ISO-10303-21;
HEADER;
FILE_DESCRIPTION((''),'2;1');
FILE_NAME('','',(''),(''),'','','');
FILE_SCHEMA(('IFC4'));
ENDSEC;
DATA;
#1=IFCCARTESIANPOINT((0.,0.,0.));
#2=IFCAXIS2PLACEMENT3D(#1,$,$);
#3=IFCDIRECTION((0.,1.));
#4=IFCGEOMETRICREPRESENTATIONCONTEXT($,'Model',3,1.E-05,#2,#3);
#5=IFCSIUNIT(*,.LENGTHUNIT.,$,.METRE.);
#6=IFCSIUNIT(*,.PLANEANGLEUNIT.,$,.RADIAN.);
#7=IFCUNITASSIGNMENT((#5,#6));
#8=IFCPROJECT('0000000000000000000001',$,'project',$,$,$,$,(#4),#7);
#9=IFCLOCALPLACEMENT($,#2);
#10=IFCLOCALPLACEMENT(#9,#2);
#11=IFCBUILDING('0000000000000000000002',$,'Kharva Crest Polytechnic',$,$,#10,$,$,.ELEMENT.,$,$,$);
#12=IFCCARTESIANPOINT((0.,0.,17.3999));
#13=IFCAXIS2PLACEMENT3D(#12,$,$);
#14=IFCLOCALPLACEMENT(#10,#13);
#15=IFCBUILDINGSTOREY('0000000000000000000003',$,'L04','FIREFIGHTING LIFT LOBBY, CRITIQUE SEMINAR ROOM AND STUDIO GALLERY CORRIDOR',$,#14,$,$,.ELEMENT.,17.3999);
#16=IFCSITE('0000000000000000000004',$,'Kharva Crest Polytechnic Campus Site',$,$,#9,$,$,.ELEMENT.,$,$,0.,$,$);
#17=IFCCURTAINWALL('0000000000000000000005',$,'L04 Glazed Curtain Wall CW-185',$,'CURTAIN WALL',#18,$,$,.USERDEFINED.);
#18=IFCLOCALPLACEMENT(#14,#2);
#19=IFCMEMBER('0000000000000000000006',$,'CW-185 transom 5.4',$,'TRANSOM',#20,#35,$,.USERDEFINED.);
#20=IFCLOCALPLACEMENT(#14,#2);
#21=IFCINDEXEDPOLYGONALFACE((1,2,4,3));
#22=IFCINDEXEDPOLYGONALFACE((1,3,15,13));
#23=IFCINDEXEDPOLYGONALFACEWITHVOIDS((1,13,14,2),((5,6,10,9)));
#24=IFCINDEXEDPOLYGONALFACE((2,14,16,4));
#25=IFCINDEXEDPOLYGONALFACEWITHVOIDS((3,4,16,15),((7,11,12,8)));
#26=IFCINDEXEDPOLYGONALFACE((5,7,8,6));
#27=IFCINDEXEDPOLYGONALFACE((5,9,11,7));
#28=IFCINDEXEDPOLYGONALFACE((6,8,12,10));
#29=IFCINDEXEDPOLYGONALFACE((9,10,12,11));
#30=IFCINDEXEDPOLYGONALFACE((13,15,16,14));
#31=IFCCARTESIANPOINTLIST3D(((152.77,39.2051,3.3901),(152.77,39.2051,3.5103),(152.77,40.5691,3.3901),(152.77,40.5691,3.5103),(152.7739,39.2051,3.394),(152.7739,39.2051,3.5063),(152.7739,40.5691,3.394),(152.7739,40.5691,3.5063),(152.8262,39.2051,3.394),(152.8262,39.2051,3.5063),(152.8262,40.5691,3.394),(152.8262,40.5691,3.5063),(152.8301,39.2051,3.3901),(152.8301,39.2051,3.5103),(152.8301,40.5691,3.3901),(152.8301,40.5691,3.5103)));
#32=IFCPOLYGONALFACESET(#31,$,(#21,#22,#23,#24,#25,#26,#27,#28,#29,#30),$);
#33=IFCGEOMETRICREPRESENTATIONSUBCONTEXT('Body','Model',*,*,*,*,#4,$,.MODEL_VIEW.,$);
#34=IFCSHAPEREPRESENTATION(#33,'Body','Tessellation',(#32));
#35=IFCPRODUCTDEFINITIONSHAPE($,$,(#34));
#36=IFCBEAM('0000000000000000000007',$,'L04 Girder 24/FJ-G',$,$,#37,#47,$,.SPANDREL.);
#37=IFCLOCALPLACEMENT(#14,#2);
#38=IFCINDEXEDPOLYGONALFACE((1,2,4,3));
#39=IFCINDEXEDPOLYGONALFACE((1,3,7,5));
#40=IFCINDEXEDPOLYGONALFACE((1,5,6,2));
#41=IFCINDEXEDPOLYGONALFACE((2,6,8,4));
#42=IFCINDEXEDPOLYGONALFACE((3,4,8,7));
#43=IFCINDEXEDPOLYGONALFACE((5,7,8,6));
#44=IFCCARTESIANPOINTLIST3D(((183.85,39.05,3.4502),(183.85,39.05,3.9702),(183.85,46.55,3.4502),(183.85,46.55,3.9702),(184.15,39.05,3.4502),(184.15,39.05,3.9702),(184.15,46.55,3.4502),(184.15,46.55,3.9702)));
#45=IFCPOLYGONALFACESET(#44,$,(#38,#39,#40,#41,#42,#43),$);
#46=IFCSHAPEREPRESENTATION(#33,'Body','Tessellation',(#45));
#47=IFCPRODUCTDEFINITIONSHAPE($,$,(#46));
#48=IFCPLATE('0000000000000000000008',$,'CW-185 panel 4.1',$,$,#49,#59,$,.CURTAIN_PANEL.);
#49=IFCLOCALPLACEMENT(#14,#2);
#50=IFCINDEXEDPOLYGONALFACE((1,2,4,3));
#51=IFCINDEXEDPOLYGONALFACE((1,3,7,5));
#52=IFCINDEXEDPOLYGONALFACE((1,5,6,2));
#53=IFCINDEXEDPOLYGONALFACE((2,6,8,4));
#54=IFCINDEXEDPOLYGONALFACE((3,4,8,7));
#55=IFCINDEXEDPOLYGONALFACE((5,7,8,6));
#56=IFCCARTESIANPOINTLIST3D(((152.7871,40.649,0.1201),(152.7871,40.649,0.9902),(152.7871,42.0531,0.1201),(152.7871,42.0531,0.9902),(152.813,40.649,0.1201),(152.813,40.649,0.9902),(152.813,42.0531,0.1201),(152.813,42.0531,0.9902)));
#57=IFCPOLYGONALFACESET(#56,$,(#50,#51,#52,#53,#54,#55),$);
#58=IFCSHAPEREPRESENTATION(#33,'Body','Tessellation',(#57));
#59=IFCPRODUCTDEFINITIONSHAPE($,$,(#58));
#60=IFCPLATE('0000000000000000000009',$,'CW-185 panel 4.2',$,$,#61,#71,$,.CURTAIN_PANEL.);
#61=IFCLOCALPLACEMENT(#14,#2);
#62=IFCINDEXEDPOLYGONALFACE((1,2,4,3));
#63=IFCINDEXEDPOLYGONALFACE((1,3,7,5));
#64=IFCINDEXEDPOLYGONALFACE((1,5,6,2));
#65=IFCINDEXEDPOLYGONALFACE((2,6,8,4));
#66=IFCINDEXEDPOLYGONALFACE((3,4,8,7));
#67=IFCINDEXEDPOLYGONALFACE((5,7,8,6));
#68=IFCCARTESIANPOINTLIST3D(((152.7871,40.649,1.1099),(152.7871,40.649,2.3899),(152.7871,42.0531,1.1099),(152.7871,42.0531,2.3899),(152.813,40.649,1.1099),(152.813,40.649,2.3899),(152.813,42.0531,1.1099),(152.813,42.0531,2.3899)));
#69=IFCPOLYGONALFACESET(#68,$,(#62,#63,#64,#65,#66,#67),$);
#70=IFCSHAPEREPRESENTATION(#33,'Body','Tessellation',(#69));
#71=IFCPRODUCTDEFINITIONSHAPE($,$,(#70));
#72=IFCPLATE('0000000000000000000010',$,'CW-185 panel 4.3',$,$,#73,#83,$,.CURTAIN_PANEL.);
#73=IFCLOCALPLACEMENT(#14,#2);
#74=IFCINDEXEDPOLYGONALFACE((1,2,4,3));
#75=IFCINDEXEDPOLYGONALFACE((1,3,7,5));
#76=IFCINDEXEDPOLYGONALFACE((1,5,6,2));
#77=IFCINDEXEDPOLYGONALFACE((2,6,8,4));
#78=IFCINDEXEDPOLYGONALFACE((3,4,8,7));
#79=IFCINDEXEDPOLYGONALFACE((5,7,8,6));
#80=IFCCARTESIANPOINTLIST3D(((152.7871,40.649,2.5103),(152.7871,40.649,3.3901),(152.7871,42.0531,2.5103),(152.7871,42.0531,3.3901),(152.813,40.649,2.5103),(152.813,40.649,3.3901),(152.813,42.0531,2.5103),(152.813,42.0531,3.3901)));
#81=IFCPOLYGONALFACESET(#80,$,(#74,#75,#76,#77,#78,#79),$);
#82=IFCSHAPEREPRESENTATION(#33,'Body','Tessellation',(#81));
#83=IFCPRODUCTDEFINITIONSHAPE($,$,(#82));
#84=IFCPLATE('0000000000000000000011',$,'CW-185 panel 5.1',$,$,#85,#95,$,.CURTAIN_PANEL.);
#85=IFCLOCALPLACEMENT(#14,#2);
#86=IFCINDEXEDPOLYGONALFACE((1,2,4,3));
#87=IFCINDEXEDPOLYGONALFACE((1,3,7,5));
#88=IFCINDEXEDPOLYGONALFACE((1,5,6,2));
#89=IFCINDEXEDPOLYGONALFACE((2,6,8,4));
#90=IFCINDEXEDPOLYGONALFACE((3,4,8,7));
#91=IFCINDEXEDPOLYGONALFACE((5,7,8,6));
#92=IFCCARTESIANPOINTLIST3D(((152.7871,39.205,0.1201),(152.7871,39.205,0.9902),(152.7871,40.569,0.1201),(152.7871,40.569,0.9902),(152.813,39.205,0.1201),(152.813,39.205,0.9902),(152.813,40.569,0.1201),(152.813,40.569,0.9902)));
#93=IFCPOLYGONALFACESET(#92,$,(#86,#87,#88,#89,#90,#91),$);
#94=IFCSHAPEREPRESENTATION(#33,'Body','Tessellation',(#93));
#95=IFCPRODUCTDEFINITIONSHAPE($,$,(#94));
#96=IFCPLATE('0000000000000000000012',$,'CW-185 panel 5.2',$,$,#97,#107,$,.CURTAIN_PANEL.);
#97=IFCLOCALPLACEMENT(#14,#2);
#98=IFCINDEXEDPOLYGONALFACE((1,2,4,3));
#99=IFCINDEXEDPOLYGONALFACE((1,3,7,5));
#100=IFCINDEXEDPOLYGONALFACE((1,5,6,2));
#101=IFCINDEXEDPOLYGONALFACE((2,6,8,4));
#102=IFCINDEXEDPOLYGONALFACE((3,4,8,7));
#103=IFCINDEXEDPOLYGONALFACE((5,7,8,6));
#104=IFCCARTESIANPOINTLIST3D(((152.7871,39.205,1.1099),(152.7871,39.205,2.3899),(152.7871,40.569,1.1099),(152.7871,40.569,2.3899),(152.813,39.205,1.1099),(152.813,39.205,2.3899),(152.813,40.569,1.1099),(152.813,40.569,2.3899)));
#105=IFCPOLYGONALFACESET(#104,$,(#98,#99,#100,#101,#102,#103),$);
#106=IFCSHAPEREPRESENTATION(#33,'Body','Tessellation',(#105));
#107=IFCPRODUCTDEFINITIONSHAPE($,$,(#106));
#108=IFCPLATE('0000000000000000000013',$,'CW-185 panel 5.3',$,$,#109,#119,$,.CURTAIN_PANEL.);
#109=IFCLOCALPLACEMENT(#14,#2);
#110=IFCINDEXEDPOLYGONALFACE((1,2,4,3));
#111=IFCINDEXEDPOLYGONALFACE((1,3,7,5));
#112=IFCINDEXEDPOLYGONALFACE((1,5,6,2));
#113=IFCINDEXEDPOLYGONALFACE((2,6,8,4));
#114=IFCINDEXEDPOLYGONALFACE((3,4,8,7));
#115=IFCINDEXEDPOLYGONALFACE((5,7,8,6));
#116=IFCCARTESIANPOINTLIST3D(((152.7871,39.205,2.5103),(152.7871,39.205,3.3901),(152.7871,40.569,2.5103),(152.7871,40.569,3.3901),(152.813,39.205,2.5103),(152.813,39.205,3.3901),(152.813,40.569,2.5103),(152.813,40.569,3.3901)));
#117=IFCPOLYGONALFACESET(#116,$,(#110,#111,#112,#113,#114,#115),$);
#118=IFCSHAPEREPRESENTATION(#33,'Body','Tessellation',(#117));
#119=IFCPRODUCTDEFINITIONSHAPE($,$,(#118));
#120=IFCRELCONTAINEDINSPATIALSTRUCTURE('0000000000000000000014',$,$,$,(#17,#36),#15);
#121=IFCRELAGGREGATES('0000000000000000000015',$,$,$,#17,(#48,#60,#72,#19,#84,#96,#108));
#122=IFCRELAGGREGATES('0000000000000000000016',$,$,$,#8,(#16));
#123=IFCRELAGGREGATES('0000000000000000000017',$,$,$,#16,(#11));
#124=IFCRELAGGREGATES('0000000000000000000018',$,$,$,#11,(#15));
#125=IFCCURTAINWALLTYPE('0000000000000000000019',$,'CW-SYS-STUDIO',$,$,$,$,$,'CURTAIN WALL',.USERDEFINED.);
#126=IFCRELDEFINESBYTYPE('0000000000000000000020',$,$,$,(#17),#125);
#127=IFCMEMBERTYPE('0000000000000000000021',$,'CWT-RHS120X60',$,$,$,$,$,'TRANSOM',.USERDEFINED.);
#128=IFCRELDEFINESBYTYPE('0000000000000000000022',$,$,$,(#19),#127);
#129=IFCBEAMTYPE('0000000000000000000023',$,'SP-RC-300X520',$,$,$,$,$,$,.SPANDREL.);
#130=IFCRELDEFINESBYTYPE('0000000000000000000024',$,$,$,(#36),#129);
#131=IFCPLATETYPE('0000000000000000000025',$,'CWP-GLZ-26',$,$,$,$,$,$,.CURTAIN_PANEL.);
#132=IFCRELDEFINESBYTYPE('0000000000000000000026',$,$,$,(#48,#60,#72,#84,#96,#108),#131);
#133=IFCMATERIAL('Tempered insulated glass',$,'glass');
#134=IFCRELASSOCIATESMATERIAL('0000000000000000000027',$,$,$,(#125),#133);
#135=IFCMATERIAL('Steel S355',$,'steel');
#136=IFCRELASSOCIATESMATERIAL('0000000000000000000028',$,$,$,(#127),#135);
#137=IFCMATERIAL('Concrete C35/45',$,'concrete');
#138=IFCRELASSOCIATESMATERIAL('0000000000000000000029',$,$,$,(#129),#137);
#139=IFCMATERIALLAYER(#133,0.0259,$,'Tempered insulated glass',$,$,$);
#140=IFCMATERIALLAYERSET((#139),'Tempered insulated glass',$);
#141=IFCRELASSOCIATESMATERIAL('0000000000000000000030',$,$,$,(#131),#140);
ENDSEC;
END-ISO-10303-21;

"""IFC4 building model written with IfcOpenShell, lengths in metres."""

from ifc_helpers import new_model, si_unit, direction, frame, origin, origin_2d, place, context, subcontext, project, spatial, rectangle, hollow_rectangle, extrude, material, layer, layer_set, material_profile, profile_set, type_object, element, aggregate, save


model = new_model("IFC4")

# Units and contexts
model_context = context("Model", 3, precision=1e-05, world=origin(), true_north=direction((0.0, 1.0)))
body_context = subcontext(model_context, "Body", "Model", "MODEL_VIEW")
ifc_project = project(units=[si_unit("LENGTHUNIT", "METRE"), si_unit("PLANEANGLEUNIT", "RADIAN")], contexts=[model_context])

# Site, building, storey
site_placement = place(None, origin())
site = spatial("IfcSite", under=ifc_project, at=site_placement, Name="Kharva Crest Polytechnic Campus Site", CompositionType="ELEMENT", RefElevation=0.0)
building_placement = place(site_placement, origin())
building = spatial("IfcBuilding", under=site, at=building_placement, Name="Kharva Crest Polytechnic", CompositionType="ELEMENT")
storey_placement = place(building_placement, frame((0.0, 0.0, 17.3999)))
storey = spatial("IfcBuildingStorey", under=building, at=storey_placement, Name="L04", Description="FIREFIGHTING LIFT LOBBY, CRITIQUE SEMINAR ROOM AND STUDIO GALLERY CORRIDOR", CompositionType="ELEMENT", Elevation=17.3999)

# Shared definitions
ifc_material_1 = material(Name="Concrete C35/45", Category="concrete")

# Curtain wall, member
ifc_material_2 = material(Name="Tempered insulated glass", Category="glass")
curtain_wall_type = type_object("IfcCurtainWallType", Name="CW-SYS-STUDIO", ElementType="CURTAIN WALL", PredefinedType="USERDEFINED", material=ifc_material_2)
curtain_wall_placement = place(storey_placement, origin())
curtain_wall = element("IfcCurtainWall", 1, at=curtain_wall_placement, inside=storey, type_object=curtain_wall_type, Name="L04 Glazed Curtain Wall CW-185", ObjectType="CURTAIN WALL", PredefinedType="USERDEFINED")
ifc_material_3 = material(Name="Steel S355", Category="steel")
ifc_material_profile_1 = material_profile(ifc_material_3, hollow_rectangle(XDim=0.0601, YDim=0.1201, WallThickness=0.0039, at=origin_2d()), Name="RHS 120X60X4.0")
ifc_profile_set_1 = profile_set([ifc_material_profile_1], Name="Steel S355")
member_type_1 = type_object("IfcMemberType", Name="CWT-RHS120X60", ElementType="TRANSOM", PredefinedType="USERDEFINED", material=ifc_profile_set_1)
member_1_placement = place(storey_placement, frame((152.8, 40.5691, 3.4502), z_axis=(0.0, -1.0, 0.0), x_axis=(1.0, 0.0, 0.0)))
member_1 = element("IfcMember", 2, at=member_1_placement, type_object=member_type_1, Name="CW-185 transom 5.4", ObjectType="TRANSOM", PredefinedType="USERDEFINED", context=body_context, shape_type="SweptSolid", body=[
    extrude(hollow_rectangle(XDim=0.0601, YDim=0.1201, WallThickness=0.0039, at=origin_2d()), origin(), (0.0, 0.0, 1.0), 1.364),
])

# Beam
ifc_material_profile_2 = material_profile(ifc_material_1, rectangle(XDim=0.3, YDim=0.52, at=origin_2d()), Name="RECT 300 X 520")
ifc_profile_set_2 = profile_set([ifc_material_profile_2], Name="Concrete C35/45")
beam_type_1 = type_object("IfcBeamType", Name="SP-RC-300X520", PredefinedType="SPANDREL", material=ifc_profile_set_2)
beam_1_placement = place(storey_placement, frame((184.0, 39.05, 3.7102), z_axis=(0.0, 1.0, 0.0), x_axis=(-1.0, 0.0, 0.0)))
element("IfcBeam", 3, at=beam_1_placement, inside=storey, type_object=beam_type_1, Name="L04 Girder 24/FJ-G", PredefinedType="SPANDREL", context=body_context, shape_type="SweptSolid", body=[
    extrude(rectangle(XDim=0.3, YDim=0.52, at=origin_2d()), origin(), (0.0, 0.0, 1.0), 7.5),
])

# Plates
ifc_layer = layer(ifc_material_2, 0.0259, Name="Tempered insulated glass")
ifc_layer_set = layer_set([ifc_layer], Name="Tempered insulated glass")
plate_type = type_object("IfcPlateType", Name="CWP-GLZ-26", PredefinedType="CURTAIN_PANEL", material=ifc_layer_set)
plate_1_placement = place(storey_placement, frame((152.8, 41.3511, 0.1201), z_axis=(0.0, 0.0, 1.0), x_axis=(0.0, -1.0, 0.0)))
plate_1 = element("IfcPlate", 4, at=plate_1_placement, type_object=plate_type, Name="CW-185 panel 4.1", PredefinedType="CURTAIN_PANEL", context=body_context, shape_type="SweptSolid", body=[
    extrude(rectangle(XDim=1.4041, YDim=0.0259, at=origin_2d()), origin(), (0.0, 0.0, 1.0), 0.8701),
])
plate_2_placement = place(storey_placement, frame((152.8, 41.3511, 1.1099), z_axis=(0.0, 0.0, 1.0), x_axis=(0.0, -1.0, 0.0)))
plate_2 = element("IfcPlate", 5, at=plate_2_placement, type_object=plate_type, Name="CW-185 panel 4.2", PredefinedType="CURTAIN_PANEL", context=body_context, shape_type="SweptSolid", body=[
    extrude(rectangle(XDim=1.4041, YDim=0.0259, at=origin_2d()), origin(), (0.0, 0.0, 1.0), 1.28),
])
plate_3_placement = place(storey_placement, frame((152.8, 41.3511, 2.5103), z_axis=(0.0, 0.0, 1.0), x_axis=(0.0, -1.0, 0.0)))
plate_3 = element("IfcPlate", 6, at=plate_3_placement, type_object=plate_type, Name="CW-185 panel 4.3", PredefinedType="CURTAIN_PANEL", context=body_context, shape_type="SweptSolid", body=[
    extrude(rectangle(XDim=1.4041, YDim=0.0259, at=origin_2d()), origin(), (0.0, 0.0, 1.0), 0.8799),
])
plate_4_placement = place(storey_placement, frame((152.8, 39.887, 0.1201), z_axis=(0.0, 0.0, 1.0), x_axis=(0.0, -1.0, 0.0)))
plate_4 = element("IfcPlate", 7, at=plate_4_placement, type_object=plate_type, Name="CW-185 panel 5.1", PredefinedType="CURTAIN_PANEL", context=body_context, shape_type="SweptSolid", body=[
    extrude(rectangle(XDim=1.364, YDim=0.0259, at=origin_2d()), origin(), (0.0, 0.0, 1.0), 0.8701),
])
plate_5_placement = place(storey_placement, frame((152.8, 39.887, 1.1099), z_axis=(0.0, 0.0, 1.0), x_axis=(0.0, -1.0, 0.0)))
plate_5 = element("IfcPlate", 8, at=plate_5_placement, type_object=plate_type, Name="CW-185 panel 5.2", PredefinedType="CURTAIN_PANEL", context=body_context, shape_type="SweptSolid", body=[
    extrude(rectangle(XDim=1.364, YDim=0.0259, at=origin_2d()), origin(), (0.0, 0.0, 1.0), 1.28),
])
plate_6_placement = place(storey_placement, frame((152.8, 39.887, 2.5103), z_axis=(0.0, 0.0, 1.0), x_axis=(0.0, -1.0, 0.0)))
plate_6 = element("IfcPlate", 9, at=plate_6_placement, type_object=plate_type, Name="CW-185 panel 5.3", PredefinedType="CURTAIN_PANEL", context=body_context, shape_type="SweptSolid", body=[
    extrude(rectangle(XDim=1.364, YDim=0.0259, at=origin_2d()), origin(), (0.0, 0.0, 1.0), 0.8799),
])
aggregate(curtain_wall, [plate_1, plate_2, plate_3, member_1, plate_4, plate_5, plate_6])

save(model, "model.ifc")
